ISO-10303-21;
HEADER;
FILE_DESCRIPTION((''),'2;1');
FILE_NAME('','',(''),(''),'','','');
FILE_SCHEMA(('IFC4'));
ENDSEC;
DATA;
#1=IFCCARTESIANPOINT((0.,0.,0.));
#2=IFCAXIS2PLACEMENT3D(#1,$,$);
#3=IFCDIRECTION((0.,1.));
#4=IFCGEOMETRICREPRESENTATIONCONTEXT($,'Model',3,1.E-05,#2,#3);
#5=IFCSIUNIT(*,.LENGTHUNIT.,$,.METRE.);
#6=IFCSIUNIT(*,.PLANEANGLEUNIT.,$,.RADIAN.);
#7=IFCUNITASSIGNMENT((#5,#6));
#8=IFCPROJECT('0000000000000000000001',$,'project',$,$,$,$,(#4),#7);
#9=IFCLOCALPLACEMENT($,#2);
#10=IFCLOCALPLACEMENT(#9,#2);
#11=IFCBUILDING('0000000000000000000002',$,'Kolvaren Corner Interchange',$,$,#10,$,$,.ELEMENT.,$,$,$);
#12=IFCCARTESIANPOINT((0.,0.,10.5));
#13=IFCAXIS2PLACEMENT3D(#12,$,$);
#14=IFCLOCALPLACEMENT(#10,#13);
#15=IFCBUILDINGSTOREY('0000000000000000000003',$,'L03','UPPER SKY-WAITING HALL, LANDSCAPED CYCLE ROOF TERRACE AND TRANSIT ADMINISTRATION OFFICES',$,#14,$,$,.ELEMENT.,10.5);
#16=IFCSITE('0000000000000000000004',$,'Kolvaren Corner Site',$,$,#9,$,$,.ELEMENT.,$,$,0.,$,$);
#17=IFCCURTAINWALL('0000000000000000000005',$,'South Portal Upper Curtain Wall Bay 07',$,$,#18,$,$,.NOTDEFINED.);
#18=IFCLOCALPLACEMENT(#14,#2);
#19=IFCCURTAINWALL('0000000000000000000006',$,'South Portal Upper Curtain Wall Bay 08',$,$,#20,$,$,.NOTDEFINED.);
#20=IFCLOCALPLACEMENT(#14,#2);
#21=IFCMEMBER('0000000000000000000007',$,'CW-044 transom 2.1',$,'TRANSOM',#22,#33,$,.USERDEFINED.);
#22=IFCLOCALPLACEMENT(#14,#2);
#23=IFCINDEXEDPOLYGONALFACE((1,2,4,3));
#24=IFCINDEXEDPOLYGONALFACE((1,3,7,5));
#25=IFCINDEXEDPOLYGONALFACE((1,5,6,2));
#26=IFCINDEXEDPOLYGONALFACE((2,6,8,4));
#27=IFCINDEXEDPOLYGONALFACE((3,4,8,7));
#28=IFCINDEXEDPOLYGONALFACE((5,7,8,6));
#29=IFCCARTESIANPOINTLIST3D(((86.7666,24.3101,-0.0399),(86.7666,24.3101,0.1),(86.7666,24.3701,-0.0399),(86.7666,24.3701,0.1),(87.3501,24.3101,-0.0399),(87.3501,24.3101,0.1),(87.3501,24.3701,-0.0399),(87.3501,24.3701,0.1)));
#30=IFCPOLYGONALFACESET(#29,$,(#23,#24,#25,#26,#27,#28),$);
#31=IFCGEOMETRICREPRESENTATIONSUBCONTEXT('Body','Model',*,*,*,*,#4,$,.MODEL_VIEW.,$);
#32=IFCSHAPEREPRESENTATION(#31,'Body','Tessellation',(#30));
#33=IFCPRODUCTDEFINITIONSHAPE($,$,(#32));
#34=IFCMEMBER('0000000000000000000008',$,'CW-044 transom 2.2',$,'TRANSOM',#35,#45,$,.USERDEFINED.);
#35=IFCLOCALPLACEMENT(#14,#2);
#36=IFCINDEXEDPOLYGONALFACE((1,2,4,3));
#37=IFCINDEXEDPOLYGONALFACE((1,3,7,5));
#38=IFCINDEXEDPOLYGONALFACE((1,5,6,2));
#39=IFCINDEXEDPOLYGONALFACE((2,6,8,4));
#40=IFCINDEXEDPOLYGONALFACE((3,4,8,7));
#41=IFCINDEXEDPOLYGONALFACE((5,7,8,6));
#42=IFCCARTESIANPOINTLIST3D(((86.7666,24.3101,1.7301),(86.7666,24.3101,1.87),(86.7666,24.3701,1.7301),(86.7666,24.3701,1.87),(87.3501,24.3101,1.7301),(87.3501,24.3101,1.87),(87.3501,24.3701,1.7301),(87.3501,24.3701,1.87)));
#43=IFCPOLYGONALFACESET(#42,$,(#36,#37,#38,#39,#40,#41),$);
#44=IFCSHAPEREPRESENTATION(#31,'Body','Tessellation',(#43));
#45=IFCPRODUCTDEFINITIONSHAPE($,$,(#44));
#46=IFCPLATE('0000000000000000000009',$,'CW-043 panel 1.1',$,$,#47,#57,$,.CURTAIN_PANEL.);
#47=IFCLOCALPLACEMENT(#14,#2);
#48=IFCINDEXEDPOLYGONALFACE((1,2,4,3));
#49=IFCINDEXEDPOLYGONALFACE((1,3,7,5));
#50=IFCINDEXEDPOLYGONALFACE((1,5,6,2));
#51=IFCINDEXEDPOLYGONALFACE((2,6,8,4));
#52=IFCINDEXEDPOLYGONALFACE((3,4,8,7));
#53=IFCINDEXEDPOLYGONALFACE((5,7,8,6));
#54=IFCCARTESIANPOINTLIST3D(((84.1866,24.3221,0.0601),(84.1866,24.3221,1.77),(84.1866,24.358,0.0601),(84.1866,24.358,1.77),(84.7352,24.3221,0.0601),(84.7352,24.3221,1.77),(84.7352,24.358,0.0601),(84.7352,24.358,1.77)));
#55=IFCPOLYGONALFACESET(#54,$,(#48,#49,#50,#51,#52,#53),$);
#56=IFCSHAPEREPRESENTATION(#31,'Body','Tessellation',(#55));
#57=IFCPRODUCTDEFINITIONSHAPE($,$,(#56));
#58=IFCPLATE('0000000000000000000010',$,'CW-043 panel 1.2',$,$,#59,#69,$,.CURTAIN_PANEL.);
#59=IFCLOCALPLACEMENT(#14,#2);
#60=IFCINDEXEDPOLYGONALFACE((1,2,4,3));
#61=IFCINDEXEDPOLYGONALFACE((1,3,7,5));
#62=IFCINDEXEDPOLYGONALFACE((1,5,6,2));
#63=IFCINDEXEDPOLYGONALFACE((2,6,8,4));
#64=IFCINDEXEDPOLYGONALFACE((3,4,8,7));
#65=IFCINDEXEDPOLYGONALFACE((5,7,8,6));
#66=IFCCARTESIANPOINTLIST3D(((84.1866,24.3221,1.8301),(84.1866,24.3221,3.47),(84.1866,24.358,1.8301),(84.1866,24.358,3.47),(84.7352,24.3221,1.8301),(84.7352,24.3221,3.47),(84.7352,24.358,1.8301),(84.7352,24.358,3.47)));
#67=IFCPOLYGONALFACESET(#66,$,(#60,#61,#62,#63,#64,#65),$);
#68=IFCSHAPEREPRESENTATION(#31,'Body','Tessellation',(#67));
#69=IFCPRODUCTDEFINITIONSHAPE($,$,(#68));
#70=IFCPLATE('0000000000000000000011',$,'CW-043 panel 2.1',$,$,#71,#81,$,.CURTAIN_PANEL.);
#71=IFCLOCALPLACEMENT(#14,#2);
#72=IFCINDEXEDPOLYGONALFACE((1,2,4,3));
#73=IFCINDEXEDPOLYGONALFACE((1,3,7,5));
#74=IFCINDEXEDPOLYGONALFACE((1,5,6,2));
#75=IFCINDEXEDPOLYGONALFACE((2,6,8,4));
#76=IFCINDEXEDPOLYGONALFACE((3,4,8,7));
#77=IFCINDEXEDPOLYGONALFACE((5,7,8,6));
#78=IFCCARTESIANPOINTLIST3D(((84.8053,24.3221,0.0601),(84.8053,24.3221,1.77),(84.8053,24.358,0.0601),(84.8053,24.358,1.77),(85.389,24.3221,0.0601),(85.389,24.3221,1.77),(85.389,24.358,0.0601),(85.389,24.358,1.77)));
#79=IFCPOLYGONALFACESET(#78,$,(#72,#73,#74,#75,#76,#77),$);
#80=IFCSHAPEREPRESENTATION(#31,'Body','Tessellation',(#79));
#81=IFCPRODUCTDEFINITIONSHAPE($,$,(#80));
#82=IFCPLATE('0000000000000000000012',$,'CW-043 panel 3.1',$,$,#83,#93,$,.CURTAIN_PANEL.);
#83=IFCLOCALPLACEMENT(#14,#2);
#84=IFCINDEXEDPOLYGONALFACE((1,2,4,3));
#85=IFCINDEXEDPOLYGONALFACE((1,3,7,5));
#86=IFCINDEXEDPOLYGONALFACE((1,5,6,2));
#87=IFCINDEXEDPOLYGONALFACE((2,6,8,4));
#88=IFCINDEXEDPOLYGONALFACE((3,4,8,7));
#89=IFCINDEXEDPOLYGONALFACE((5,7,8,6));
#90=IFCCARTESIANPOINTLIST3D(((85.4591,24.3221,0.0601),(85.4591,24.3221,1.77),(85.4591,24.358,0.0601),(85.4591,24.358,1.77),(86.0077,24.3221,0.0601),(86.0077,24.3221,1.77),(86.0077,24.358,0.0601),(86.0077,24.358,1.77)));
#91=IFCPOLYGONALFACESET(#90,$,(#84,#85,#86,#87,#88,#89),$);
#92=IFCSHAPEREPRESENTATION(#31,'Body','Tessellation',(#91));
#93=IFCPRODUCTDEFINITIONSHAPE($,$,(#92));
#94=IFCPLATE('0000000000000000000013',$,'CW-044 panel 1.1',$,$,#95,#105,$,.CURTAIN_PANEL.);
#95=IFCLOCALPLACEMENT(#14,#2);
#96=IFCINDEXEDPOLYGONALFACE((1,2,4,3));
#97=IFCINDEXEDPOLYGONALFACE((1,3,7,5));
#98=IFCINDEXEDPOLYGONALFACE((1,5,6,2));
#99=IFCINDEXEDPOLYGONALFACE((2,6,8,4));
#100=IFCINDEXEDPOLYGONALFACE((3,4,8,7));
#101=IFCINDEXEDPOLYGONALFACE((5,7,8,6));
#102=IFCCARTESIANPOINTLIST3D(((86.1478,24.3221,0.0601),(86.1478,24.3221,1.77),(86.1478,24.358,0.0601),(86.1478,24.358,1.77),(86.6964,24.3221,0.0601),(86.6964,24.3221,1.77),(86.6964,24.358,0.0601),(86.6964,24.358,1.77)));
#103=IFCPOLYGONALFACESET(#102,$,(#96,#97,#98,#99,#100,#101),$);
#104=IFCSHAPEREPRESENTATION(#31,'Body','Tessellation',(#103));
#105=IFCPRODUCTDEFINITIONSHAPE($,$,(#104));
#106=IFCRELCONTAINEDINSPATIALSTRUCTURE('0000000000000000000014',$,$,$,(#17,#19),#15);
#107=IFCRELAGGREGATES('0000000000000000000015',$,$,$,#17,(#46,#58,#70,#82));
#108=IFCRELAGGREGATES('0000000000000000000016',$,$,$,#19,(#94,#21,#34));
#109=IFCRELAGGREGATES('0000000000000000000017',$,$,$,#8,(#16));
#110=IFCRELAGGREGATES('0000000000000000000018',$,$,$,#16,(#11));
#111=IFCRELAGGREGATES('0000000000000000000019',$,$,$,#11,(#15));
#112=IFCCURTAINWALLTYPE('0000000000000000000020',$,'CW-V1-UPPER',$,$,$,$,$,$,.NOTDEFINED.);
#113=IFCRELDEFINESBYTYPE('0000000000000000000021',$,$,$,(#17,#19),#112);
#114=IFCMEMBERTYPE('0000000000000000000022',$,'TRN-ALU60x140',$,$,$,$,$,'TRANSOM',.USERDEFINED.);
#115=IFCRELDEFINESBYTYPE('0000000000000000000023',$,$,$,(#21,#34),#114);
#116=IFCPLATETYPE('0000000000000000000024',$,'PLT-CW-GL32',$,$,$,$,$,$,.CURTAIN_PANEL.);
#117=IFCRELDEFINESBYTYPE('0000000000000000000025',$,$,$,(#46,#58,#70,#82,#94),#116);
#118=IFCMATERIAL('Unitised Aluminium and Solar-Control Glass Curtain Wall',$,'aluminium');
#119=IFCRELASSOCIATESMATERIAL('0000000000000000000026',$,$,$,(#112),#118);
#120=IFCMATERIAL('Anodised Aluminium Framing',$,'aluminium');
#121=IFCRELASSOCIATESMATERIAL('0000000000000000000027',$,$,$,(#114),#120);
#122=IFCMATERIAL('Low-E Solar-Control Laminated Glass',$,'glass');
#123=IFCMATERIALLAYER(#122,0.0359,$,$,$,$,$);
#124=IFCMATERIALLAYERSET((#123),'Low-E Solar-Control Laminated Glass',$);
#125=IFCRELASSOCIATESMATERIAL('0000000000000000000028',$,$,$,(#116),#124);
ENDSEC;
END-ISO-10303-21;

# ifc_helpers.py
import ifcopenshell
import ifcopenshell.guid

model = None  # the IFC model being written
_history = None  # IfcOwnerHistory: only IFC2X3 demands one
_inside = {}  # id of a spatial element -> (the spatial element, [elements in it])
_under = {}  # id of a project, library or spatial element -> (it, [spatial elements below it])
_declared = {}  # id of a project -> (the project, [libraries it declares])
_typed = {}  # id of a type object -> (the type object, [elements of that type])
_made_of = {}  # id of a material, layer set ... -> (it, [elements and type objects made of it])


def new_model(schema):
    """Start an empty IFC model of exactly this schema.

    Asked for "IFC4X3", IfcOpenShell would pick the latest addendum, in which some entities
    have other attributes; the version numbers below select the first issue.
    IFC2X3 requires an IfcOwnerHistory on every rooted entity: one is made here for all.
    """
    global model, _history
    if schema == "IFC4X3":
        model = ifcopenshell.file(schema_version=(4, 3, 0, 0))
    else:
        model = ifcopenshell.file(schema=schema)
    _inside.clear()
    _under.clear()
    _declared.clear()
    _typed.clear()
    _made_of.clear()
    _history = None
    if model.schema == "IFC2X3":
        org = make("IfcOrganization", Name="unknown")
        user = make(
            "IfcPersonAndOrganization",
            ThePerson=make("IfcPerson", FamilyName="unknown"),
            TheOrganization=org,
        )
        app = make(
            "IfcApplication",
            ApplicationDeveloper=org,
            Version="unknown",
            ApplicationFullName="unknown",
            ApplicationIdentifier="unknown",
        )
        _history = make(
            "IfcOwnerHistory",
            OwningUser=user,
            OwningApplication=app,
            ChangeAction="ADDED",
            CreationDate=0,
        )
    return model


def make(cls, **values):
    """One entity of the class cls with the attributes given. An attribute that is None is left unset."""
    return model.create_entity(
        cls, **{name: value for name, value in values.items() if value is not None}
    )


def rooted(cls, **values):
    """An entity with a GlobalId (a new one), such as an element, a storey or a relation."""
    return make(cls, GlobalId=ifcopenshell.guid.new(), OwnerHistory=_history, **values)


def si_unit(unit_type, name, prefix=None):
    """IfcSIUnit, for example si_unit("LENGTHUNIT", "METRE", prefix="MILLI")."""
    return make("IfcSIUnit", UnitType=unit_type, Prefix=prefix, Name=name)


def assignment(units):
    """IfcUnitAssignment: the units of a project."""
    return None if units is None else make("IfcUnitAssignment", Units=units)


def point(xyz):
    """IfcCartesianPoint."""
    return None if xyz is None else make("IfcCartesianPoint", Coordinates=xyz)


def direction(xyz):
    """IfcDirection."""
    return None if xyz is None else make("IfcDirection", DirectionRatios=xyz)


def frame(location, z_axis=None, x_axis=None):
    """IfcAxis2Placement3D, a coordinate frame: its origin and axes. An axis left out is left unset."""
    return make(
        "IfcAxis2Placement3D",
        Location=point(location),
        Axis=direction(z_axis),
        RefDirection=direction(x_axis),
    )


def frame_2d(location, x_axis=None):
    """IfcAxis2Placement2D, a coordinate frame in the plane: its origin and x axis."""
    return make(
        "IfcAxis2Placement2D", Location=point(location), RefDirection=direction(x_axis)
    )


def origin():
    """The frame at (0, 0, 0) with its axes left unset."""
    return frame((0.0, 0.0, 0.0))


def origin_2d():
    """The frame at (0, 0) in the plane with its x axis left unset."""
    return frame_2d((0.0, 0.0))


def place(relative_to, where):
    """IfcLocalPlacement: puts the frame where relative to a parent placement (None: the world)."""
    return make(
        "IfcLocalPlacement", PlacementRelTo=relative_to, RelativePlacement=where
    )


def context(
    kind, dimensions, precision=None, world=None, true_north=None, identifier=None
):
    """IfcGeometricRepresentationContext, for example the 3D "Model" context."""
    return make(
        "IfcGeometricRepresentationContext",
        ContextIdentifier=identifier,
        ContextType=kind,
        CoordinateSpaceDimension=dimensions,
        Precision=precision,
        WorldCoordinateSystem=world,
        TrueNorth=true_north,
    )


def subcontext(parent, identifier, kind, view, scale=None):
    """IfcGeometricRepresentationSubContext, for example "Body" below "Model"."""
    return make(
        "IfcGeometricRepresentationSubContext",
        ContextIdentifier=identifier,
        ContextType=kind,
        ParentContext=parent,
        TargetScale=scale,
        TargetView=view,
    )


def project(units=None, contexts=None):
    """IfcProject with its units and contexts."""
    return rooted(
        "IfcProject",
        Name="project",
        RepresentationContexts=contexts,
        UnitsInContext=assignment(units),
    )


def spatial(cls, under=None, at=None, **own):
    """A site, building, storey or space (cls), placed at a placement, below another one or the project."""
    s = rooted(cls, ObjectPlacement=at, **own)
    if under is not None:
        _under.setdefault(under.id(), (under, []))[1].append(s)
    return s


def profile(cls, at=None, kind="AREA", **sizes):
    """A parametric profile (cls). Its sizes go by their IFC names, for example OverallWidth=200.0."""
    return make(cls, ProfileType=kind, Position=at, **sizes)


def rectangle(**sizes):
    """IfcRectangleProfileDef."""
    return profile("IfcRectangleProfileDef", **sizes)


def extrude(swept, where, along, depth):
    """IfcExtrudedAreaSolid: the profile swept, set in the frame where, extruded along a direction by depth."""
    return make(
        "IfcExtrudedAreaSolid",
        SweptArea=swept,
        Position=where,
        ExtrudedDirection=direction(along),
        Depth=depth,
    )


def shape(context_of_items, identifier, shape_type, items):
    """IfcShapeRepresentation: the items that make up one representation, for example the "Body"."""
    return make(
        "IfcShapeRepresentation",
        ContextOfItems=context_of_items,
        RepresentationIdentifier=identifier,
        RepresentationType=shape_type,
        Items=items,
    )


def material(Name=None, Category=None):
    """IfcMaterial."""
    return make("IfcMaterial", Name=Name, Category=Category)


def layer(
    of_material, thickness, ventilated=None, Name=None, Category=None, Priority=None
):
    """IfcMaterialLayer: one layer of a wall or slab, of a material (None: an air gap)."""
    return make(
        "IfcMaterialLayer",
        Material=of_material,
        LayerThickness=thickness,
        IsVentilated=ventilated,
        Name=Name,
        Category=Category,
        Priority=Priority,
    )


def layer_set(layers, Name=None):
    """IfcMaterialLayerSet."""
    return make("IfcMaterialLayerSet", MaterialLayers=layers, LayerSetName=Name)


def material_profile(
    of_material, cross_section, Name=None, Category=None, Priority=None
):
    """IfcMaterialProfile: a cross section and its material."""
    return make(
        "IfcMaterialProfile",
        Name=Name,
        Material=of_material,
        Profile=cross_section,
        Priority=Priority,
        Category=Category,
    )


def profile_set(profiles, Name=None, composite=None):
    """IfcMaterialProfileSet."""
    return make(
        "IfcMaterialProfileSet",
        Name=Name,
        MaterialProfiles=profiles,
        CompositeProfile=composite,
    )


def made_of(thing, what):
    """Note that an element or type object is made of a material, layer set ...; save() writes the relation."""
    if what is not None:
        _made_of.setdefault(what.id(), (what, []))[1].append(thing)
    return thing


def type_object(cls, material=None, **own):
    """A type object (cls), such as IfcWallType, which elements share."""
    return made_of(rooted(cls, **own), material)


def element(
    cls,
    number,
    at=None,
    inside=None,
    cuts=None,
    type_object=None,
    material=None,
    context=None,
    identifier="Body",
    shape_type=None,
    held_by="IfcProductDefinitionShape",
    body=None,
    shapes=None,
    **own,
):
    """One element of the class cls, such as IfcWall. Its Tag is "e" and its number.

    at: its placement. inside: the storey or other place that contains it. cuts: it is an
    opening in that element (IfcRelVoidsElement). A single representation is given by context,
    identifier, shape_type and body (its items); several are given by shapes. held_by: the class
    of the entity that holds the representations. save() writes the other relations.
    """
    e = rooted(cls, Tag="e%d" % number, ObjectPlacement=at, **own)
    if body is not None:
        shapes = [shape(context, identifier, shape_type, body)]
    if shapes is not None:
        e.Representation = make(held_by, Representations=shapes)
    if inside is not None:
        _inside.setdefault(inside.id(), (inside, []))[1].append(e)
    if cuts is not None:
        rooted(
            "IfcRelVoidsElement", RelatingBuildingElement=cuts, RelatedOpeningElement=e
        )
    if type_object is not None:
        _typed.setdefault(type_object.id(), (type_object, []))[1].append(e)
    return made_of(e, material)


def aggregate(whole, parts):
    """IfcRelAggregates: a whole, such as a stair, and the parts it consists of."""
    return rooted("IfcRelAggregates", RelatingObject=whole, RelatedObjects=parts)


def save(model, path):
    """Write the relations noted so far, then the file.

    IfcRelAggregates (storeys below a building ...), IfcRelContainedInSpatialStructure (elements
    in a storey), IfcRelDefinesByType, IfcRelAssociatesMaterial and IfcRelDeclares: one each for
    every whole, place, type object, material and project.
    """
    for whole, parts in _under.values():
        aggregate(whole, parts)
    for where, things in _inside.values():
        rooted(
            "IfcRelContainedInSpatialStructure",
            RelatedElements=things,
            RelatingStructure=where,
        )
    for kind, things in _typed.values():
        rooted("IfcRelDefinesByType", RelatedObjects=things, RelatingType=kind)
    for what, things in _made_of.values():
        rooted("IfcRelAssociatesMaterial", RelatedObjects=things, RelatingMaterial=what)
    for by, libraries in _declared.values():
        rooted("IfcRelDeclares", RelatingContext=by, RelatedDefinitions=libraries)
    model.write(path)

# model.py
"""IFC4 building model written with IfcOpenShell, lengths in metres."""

from ifc_helpers import new_model, si_unit, direction, frame, origin, origin_2d, place, context, subcontext, project, spatial, rectangle, extrude, material, layer, layer_set, material_profile, profile_set, type_object, element, aggregate, save


model = new_model("IFC4")

# Units and contexts
model_context = context("Model", 3, precision=1e-05, world=origin(), true_north=direction((0.0, 1.0)))
body_context = subcontext(model_context, "Body", "Model", "MODEL_VIEW")
ifc_project = project(units=[si_unit("LENGTHUNIT", "METRE"), si_unit("PLANEANGLEUNIT", "RADIAN")], contexts=[model_context])

# Site, building, storey
site_placement = place(None, origin())
site = spatial("IfcSite", under=ifc_project, at=site_placement, Name="Kolvaren Corner Site", CompositionType="ELEMENT", RefElevation=0.0)
building_placement = place(site_placement, origin())
building = spatial("IfcBuilding", under=site, at=building_placement, Name="Kolvaren Corner Interchange", CompositionType="ELEMENT")
storey_placement = place(building_placement, frame((0.0, 0.0, 10.5)))
storey = spatial("IfcBuildingStorey", under=building, at=storey_placement, Name="L03", Description="UPPER SKY-WAITING HALL, LANDSCAPED CYCLE ROOF TERRACE AND TRANSIT ADMINISTRATION OFFICES", CompositionType="ELEMENT", Elevation=10.5)

# Shared definitions
ifc_material_1 = material(Name="Unitised Aluminium and Solar-Control Glass Curtain Wall", Category="aluminium")
curtain_wall_type = type_object("IfcCurtainWallType", Name="CW-V1-UPPER", PredefinedType="NOTDEFINED", material=ifc_material_1)

# Curtain walls
curtain_wall_1_placement = place(storey_placement, origin())
curtain_wall_1 = element("IfcCurtainWall", 1, at=curtain_wall_1_placement, inside=storey, type_object=curtain_wall_type, Name="South Portal Upper Curtain Wall Bay 07", PredefinedType="NOTDEFINED")
curtain_wall_2_placement = place(storey_placement, origin())
curtain_wall_2 = element("IfcCurtainWall", 2, at=curtain_wall_2_placement, inside=storey, type_object=curtain_wall_type, Name="South Portal Upper Curtain Wall Bay 08", PredefinedType="NOTDEFINED")

# Members
ifc_material_2 = material(Name="Anodised Aluminium Framing", Category="aluminium")
ifc_material_profile_1 = material_profile(ifc_material_2, rectangle(XDim=0.0601, YDim=0.1399, at=origin_2d()), Name="ALU 60x140")
ifc_profile_set_1 = profile_set([ifc_material_profile_1], Name="Anodised Aluminium Framing")
member_type_1 = type_object("IfcMemberType", Name="TRN-ALU60x140", ElementType="TRANSOM", PredefinedType="USERDEFINED", material=ifc_profile_set_1)
member_1_placement = place(storey_placement, frame((86.7666, 24.3401, 0.03), z_axis=(1.0, 0.0, 0.0), x_axis=(0.0, 1.0, 0.0)))
member_1 = element("IfcMember", 3, at=member_1_placement, type_object=member_type_1, Name="CW-044 transom 2.1", ObjectType="TRANSOM", PredefinedType="USERDEFINED", context=body_context, shape_type="SweptSolid", body=[
    extrude(rectangle(XDim=0.0601, YDim=0.1399, at=origin_2d()), origin(), (0.0, 0.0, 1.0), 0.5835),
])
member_2_placement = place(storey_placement, frame((86.7666, 24.3401, 1.8), z_axis=(1.0, 0.0, 0.0), x_axis=(0.0, 1.0, 0.0)))
member_2 = element("IfcMember", 4, at=member_2_placement, type_object=member_type_1, Name="CW-044 transom 2.2", ObjectType="TRANSOM", PredefinedType="USERDEFINED", context=body_context, shape_type="SweptSolid", body=[
    extrude(rectangle(XDim=0.0601, YDim=0.1399, at=origin_2d()), origin(), (0.0, 0.0, 1.0), 0.5835),
])

# Plates
ifc_material_3 = material(Name="Low-E Solar-Control Laminated Glass", Category="glass")
ifc_layer = layer(ifc_material_3, 0.0359)
ifc_layer_set = layer_set([ifc_layer], Name="Low-E Solar-Control Laminated Glass")
plate_type = type_object("IfcPlateType", Name="PLT-CW-GL32", PredefinedType="CURTAIN_PANEL", material=ifc_layer_set)
plate_1_placement = place(storey_placement, frame((84.4609, 24.3401, 0.0601), z_axis=(0.0, 0.0, 1.0), x_axis=(1.0, 0.0, 0.0)))
plate_1 = element("IfcPlate", 5, at=plate_1_placement, type_object=plate_type, Name="CW-043 panel 1.1", PredefinedType="CURTAIN_PANEL", context=body_context, shape_type="SweptSolid", body=[
    extrude(rectangle(XDim=0.5486, YDim=0.0359, at=origin_2d()), origin(), (0.0, 0.0, 1.0), 1.71),
])
plate_2_placement = place(storey_placement, frame((84.4609, 24.3401, 1.8301), z_axis=(0.0, 0.0, 1.0), x_axis=(1.0, 0.0, 0.0)))
plate_2 = element("IfcPlate", 6, at=plate_2_placement, type_object=plate_type, Name="CW-043 panel 1.2", PredefinedType="CURTAIN_PANEL", context=body_context, shape_type="SweptSolid", body=[
    extrude(rectangle(XDim=0.5486, YDim=0.0359, at=origin_2d()), origin(), (0.0, 0.0, 1.0), 1.6399),
])
plate_3_placement = place(storey_placement, frame((85.0972, 24.3401, 0.0601), z_axis=(0.0, 0.0, 1.0), x_axis=(1.0, 0.0, 0.0)))
plate_3 = element("IfcPlate", 7, at=plate_3_placement, type_object=plate_type, Name="CW-043 panel 2.1", PredefinedType="CURTAIN_PANEL", context=body_context, shape_type="SweptSolid", body=[
    extrude(rectangle(XDim=0.5837, YDim=0.0359, at=origin_2d()), origin(), (0.0, 0.0, 1.0), 1.71),
])
plate_4_placement = place(storey_placement, frame((85.7334, 24.3401, 0.0601), z_axis=(0.0, 0.0, 1.0), x_axis=(1.0, 0.0, 0.0)))
plate_4 = element("IfcPlate", 8, at=plate_4_placement, type_object=plate_type, Name="CW-043 panel 3.1", PredefinedType="CURTAIN_PANEL", context=body_context, shape_type="SweptSolid", body=[
    extrude(rectangle(XDim=0.5486, YDim=0.0359, at=origin_2d()), origin(), (0.0, 0.0, 1.0), 1.71),
])
aggregate(curtain_wall_1, [plate_1, plate_2, plate_3, plate_4])
plate_5_placement = place(storey_placement, frame((86.4221, 24.3401, 0.0601), z_axis=(0.0, 0.0, 1.0), x_axis=(1.0, 0.0, 0.0)))
plate_5 = element("IfcPlate", 9, at=plate_5_placement, type_object=plate_type, Name="CW-044 panel 1.1", PredefinedType="CURTAIN_PANEL", context=body_context, shape_type="SweptSolid", body=[
    extrude(rectangle(XDim=0.5486, YDim=0.0359, at=origin_2d()), origin(), (0.0, 0.0, 1.0), 1.71),
])
aggregate(curtain_wall_2, [plate_5, member_1, member_2])

save(model, "model.ifc")
